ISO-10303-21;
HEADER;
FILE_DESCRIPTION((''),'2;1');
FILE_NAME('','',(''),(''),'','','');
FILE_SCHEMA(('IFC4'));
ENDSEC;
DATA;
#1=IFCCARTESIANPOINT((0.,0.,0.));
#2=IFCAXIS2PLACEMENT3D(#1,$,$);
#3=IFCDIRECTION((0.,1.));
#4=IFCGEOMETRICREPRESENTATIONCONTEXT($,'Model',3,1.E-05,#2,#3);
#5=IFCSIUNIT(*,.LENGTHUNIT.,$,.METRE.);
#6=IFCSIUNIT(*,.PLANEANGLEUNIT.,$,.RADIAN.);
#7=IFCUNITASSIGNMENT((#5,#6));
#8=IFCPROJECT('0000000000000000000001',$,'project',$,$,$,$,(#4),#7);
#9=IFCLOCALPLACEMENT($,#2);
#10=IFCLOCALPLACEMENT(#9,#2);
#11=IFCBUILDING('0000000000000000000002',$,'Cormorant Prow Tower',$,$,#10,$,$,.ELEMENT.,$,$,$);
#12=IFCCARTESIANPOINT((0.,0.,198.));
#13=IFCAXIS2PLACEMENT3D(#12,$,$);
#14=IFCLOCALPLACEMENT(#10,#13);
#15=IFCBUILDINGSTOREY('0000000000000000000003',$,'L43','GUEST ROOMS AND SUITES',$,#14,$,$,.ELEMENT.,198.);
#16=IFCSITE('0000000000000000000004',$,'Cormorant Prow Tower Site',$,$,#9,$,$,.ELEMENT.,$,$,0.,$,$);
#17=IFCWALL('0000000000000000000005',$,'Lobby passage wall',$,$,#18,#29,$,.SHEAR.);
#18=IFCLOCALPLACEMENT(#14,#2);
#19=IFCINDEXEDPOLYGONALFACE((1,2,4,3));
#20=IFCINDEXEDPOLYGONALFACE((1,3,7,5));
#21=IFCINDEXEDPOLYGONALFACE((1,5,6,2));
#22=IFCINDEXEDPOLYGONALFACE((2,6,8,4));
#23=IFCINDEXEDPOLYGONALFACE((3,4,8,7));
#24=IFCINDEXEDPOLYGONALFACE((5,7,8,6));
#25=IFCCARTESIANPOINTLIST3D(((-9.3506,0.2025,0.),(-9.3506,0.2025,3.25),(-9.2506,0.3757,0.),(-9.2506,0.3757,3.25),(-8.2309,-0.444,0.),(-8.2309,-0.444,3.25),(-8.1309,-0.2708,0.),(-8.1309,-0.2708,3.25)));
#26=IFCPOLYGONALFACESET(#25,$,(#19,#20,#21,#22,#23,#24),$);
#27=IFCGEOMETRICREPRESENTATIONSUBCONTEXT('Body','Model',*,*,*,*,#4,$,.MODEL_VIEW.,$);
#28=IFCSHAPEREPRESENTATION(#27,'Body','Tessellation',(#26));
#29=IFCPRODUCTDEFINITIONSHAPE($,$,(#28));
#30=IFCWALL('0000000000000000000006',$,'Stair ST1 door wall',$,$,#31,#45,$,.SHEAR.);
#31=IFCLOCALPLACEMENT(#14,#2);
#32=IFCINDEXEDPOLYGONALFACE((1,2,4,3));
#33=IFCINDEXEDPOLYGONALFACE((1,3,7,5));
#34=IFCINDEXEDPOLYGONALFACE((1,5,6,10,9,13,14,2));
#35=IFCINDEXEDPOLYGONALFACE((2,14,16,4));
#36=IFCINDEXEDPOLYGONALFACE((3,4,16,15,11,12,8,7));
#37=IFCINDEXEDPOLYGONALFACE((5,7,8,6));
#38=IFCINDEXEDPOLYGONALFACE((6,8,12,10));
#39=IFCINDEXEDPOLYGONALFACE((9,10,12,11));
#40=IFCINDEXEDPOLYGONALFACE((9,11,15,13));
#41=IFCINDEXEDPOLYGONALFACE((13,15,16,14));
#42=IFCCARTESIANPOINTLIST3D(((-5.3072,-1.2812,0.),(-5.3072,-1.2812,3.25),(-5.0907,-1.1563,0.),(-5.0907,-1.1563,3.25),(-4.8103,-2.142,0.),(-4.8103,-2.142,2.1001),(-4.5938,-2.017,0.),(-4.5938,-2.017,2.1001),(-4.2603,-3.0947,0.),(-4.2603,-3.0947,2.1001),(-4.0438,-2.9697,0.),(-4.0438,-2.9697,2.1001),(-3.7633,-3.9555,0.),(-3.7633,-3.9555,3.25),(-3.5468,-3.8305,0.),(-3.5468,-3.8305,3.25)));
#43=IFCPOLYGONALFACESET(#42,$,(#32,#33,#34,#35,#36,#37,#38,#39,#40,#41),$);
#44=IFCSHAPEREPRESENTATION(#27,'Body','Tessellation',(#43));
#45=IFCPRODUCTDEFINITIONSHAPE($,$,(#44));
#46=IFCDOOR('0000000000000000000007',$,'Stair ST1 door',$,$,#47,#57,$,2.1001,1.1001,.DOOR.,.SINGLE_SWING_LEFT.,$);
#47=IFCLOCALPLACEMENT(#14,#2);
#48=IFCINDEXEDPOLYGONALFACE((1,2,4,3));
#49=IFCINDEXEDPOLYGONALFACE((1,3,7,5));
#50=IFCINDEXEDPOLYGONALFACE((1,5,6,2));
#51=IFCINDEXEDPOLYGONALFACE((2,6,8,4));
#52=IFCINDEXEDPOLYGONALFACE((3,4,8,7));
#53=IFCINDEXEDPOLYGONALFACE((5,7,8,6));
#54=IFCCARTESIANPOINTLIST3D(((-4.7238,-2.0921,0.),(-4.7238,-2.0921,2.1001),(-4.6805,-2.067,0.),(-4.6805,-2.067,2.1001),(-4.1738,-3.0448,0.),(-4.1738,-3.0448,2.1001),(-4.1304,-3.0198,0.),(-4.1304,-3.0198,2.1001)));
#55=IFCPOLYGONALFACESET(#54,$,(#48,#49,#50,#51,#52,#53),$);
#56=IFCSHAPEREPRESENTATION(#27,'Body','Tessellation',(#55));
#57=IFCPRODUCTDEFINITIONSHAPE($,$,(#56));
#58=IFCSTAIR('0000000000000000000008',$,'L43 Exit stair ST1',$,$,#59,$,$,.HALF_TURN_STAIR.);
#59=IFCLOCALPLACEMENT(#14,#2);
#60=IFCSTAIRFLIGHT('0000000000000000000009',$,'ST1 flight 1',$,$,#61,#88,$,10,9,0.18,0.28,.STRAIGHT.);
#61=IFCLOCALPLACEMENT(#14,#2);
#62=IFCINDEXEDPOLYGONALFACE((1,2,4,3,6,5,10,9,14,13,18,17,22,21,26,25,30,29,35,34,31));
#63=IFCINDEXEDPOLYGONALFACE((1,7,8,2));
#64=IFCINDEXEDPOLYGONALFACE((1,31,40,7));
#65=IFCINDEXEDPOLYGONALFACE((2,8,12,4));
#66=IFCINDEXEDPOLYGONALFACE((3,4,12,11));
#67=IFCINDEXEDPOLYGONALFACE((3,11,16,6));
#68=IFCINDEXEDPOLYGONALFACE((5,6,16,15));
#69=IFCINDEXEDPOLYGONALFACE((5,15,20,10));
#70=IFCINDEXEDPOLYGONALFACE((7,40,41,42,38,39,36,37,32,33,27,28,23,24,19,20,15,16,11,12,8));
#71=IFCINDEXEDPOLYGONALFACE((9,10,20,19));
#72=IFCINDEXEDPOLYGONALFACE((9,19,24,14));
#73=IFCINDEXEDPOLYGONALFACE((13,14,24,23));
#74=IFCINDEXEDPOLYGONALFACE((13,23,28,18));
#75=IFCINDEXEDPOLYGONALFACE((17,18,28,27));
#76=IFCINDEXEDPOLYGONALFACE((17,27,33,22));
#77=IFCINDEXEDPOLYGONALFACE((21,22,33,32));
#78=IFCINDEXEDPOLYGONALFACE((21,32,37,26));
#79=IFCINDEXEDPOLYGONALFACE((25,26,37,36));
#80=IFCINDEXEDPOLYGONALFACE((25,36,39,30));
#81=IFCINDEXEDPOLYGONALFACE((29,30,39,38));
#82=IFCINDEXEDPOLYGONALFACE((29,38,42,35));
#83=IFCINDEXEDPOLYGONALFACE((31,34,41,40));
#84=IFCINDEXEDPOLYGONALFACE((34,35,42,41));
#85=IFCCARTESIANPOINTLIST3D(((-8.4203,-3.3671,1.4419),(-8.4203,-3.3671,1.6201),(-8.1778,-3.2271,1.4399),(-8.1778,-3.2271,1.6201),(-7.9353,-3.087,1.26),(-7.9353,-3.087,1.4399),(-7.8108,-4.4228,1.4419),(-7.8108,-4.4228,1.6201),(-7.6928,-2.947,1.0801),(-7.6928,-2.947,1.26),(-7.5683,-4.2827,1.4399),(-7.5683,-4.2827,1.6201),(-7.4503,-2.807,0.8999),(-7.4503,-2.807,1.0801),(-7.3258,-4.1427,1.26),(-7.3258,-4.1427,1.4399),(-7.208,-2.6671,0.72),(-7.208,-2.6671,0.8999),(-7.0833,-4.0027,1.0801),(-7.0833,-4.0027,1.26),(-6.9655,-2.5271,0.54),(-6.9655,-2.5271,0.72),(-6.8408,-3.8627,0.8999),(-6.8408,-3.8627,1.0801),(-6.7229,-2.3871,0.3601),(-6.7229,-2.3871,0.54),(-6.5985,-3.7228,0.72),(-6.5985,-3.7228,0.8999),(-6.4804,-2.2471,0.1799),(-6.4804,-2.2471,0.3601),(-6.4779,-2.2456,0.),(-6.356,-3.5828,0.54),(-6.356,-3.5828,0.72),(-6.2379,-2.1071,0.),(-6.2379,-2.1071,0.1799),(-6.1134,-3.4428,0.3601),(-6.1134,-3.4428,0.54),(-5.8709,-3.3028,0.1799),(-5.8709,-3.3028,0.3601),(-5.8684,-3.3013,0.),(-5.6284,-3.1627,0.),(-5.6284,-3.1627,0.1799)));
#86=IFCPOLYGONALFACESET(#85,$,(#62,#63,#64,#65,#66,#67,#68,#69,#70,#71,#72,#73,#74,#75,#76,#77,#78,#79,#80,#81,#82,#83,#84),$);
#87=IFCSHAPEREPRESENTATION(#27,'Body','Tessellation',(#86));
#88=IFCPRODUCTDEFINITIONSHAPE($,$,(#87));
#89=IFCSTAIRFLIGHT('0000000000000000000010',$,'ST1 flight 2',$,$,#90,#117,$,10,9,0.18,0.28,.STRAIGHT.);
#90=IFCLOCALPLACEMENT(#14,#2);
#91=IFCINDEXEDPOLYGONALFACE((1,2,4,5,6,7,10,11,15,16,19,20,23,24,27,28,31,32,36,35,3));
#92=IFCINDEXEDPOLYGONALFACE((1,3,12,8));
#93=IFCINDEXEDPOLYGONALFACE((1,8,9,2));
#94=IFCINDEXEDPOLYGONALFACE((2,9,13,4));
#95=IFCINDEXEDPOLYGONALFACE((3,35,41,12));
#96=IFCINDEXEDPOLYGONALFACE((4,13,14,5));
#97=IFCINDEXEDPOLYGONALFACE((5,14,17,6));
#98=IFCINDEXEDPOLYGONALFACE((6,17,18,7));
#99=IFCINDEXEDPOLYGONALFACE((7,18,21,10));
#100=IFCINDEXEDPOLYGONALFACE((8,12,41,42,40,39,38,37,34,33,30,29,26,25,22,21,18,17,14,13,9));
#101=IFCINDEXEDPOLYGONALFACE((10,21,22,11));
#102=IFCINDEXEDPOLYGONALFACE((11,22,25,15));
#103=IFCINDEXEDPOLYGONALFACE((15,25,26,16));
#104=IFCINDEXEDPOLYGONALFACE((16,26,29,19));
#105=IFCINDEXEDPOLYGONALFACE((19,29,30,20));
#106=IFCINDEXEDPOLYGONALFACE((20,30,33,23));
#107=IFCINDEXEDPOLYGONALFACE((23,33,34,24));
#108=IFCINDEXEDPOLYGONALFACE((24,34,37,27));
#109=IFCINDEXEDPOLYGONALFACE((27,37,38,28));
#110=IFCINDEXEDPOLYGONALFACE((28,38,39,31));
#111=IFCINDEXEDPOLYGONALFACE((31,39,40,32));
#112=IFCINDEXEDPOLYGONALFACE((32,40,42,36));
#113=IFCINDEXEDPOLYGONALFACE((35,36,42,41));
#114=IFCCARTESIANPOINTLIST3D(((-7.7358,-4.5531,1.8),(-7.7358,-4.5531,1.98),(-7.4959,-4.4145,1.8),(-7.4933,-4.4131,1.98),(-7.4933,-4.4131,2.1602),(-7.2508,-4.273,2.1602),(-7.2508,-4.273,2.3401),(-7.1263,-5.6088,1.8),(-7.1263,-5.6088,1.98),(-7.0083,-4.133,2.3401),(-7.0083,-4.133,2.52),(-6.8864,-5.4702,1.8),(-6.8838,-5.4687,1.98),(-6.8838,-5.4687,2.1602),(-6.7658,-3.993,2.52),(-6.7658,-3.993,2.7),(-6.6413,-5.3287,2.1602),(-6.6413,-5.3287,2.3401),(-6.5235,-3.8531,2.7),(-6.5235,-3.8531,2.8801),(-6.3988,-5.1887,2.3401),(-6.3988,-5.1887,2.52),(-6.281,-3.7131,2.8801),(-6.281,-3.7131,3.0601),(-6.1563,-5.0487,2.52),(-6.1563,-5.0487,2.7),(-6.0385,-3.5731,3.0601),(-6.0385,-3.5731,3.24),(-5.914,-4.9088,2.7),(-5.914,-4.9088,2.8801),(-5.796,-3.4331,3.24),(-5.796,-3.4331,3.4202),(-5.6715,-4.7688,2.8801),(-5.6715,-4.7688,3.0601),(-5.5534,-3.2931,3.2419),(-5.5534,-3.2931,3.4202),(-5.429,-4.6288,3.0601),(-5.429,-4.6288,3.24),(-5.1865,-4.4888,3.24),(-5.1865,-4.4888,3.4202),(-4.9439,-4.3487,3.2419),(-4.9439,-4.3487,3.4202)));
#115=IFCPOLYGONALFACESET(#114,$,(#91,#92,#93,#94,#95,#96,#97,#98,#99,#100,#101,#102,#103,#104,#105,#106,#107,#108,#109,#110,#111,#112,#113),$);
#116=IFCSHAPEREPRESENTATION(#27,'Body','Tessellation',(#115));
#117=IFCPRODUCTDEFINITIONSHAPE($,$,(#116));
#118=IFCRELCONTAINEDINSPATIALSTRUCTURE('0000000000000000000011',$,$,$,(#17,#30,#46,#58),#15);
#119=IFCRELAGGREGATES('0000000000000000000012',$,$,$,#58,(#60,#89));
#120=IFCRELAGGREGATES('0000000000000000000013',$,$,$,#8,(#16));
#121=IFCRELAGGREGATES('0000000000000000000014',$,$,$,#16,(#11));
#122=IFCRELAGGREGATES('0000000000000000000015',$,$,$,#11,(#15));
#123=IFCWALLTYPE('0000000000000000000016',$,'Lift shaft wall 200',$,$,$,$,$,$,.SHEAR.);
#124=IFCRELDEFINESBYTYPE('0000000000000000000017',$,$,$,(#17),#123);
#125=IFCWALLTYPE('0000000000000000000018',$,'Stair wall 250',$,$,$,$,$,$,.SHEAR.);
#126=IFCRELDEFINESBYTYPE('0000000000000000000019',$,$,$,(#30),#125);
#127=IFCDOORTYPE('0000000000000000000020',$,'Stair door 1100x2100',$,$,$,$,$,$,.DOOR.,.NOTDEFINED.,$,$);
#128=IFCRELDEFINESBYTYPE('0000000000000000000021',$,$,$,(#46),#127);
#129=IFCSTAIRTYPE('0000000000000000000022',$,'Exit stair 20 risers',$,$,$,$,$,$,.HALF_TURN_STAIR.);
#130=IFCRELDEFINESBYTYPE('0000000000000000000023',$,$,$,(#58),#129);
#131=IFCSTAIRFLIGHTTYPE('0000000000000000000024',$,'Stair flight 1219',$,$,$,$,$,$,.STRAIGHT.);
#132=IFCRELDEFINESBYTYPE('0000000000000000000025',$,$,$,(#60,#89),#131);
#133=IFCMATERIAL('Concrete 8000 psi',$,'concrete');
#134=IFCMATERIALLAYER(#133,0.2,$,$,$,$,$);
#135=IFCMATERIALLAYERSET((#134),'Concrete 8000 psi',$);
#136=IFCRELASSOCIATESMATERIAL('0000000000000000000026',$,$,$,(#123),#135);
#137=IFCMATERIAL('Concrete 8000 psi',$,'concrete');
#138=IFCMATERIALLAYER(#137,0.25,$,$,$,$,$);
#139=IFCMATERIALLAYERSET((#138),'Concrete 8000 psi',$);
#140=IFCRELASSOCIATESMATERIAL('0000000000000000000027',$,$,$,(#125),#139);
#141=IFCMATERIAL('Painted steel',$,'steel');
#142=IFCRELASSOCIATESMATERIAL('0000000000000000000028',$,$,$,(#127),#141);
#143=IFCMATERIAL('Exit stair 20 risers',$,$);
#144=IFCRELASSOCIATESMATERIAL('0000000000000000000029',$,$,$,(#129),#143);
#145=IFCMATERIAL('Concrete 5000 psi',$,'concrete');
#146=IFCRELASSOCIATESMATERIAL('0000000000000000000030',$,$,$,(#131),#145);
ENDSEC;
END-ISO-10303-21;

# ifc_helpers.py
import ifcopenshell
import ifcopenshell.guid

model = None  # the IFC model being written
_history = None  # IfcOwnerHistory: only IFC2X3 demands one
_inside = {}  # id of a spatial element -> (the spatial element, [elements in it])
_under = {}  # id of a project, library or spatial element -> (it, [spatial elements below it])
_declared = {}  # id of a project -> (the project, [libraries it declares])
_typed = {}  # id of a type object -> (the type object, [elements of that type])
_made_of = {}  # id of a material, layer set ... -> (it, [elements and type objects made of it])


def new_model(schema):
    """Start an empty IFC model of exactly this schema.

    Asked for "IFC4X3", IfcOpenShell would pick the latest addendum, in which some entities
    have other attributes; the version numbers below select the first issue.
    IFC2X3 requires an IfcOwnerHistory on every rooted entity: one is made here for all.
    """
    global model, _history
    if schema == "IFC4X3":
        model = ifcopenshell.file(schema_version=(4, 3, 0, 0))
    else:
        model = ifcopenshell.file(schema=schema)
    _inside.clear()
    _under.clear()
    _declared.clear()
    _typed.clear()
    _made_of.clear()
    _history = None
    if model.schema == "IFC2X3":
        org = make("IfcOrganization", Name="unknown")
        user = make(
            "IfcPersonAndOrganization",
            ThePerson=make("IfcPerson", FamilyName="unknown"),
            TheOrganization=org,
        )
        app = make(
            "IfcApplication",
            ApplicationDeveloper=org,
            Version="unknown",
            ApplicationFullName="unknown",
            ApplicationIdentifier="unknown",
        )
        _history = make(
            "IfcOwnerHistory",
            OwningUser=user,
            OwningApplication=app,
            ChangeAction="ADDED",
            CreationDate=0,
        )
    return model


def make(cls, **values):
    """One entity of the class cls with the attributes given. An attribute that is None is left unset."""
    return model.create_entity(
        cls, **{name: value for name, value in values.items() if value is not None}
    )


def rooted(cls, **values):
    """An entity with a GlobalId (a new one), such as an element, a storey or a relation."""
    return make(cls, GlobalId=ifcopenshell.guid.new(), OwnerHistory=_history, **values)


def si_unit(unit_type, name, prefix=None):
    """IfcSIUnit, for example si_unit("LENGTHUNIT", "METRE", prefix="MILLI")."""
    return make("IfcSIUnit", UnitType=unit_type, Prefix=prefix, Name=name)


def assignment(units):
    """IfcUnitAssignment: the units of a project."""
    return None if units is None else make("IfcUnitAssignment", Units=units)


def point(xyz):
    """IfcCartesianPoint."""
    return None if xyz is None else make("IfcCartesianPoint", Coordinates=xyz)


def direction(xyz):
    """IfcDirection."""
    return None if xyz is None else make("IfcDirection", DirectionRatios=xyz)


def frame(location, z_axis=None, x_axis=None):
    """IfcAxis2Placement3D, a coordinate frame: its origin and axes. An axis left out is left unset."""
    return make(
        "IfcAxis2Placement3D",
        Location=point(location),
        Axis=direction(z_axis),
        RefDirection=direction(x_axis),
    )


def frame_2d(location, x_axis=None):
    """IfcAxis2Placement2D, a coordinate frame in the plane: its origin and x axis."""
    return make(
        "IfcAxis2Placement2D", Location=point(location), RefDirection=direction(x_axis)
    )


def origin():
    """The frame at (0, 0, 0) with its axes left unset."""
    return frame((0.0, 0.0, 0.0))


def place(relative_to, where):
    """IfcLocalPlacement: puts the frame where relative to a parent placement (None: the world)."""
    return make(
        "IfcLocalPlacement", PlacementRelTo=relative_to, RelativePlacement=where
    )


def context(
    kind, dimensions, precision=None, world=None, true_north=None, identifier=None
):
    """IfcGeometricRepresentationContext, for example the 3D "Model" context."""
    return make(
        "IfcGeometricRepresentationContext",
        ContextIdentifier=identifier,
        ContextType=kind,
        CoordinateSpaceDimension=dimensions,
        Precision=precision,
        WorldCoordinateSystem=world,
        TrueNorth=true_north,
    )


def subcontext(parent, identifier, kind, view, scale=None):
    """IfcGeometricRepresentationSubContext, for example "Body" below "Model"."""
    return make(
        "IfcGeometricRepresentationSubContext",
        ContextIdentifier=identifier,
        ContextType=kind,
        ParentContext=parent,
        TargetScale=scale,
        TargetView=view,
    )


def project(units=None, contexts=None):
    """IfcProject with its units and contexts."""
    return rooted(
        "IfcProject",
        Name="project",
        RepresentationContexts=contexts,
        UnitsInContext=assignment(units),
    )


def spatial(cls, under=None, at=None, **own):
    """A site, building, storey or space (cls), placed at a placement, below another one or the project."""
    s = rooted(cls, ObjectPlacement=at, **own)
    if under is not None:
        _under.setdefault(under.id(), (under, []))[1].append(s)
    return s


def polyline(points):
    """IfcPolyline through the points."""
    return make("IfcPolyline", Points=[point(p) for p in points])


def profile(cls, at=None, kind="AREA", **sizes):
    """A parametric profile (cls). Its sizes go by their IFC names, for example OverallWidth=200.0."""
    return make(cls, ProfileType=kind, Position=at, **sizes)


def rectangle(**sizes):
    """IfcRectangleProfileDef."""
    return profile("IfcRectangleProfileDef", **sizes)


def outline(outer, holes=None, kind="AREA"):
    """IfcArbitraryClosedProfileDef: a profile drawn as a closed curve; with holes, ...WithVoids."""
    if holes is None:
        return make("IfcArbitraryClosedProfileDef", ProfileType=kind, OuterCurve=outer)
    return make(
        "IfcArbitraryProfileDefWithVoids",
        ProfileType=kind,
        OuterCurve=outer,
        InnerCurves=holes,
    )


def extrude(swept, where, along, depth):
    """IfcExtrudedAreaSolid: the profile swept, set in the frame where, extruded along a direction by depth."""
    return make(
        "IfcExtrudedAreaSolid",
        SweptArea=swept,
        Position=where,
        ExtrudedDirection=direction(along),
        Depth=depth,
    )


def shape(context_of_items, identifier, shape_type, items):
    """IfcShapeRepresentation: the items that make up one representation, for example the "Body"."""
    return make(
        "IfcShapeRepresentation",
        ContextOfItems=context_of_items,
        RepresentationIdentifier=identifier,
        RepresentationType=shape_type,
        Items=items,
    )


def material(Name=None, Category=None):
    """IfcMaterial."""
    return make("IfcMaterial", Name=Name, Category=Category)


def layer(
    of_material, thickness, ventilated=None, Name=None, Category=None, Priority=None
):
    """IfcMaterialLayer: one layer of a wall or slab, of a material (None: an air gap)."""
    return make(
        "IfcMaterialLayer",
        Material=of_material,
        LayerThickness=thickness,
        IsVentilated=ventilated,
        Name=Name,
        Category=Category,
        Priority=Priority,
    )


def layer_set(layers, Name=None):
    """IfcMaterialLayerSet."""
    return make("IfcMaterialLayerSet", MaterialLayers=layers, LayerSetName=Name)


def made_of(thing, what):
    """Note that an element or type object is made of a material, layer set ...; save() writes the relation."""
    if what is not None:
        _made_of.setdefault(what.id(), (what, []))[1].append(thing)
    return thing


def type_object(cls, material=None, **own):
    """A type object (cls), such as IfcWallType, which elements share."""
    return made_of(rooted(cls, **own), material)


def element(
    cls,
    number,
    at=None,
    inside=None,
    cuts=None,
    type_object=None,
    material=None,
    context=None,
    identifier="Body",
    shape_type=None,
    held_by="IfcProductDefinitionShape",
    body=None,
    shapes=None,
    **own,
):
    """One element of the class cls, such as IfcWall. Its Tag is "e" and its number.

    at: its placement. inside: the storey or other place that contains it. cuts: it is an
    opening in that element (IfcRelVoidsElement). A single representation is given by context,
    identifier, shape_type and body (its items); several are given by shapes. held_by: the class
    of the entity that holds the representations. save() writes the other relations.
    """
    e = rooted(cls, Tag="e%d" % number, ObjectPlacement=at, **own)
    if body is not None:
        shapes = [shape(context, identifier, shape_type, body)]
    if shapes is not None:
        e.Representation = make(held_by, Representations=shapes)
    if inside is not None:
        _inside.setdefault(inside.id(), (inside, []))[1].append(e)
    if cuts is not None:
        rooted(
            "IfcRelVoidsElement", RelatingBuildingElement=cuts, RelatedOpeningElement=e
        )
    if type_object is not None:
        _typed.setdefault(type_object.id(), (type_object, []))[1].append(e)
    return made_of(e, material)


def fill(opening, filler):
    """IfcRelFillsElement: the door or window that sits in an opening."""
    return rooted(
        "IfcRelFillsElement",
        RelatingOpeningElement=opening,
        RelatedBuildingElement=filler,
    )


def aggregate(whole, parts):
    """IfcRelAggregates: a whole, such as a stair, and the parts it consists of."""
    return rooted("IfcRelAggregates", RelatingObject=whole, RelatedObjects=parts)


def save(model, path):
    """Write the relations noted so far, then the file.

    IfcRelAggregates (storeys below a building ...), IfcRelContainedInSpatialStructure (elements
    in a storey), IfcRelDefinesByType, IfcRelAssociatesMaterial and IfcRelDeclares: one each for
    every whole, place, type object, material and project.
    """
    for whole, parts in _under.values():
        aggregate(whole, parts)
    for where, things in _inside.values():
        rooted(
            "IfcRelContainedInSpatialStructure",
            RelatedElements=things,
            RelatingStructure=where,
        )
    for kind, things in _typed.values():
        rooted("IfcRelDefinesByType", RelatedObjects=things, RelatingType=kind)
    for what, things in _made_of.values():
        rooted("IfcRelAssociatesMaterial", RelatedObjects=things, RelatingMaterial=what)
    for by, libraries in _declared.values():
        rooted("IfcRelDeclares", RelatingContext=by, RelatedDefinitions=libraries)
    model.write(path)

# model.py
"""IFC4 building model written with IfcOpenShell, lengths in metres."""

from ifc_helpers import new_model, si_unit, direction, frame, frame_2d, origin, place, context, subcontext, project, spatial, polyline, rectangle, outline, extrude, material, layer, layer_set, type_object, element, fill, aggregate, save


model = new_model("IFC4")

# Units and contexts
model_context = context("Model", 3, precision=1e-05, world=origin(), true_north=direction((0.0, 1.0)))
body_context = subcontext(model_context, "Body", "Model", "MODEL_VIEW")
ifc_project = project(units=[si_unit("LENGTHUNIT", "METRE"), si_unit("PLANEANGLEUNIT", "RADIAN")], contexts=[model_context])

# Site, building, storey
site_placement = place(None, origin())
site = spatial("IfcSite", under=ifc_project, at=site_placement, Name="Cormorant Prow Tower Site", CompositionType="ELEMENT", RefElevation=0.0)
building_placement = place(site_placement, origin())
building = spatial("IfcBuilding", under=site, at=building_placement, Name="Cormorant Prow Tower", CompositionType="ELEMENT")
storey_placement = place(building_placement, frame((0.0, 0.0, 198.0)))
storey = spatial("IfcBuildingStorey", under=building, at=storey_placement, Name="L43", Description="GUEST ROOMS AND SUITES", CompositionType="ELEMENT", Elevation=198.0)

# Wall
ifc_material_1 = material(Name="Concrete 8000 psi", Category="concrete")
ifc_layer_1 = layer(ifc_material_1, 0.2)
ifc_layer_set_1 = layer_set([ifc_layer_1], Name="Concrete 8000 psi")
wall_type_1 = type_object("IfcWallType", Name="Lift shaft wall 200", PredefinedType="SHEAR", material=ifc_layer_set_1)
for number, where, z_axis, x_axis, name in (
    (1, (-8.1809, -0.3574, 0.0), (0.0, 0.0, 1.0), (-0.866003, 0.500038, 0.0), "Lobby passage wall"),
):
    element("IfcWall", number, at=place(storey_placement, frame(where, z_axis=z_axis, x_axis=x_axis)), inside=storey, type_object=wall_type_1, Name=name, PredefinedType="SHEAR", context=body_context, shape_type="SweptSolid", body=[
        extrude(rectangle(XDim=1.293, YDim=0.2, at=frame_2d((0.6465, 0.0))), origin(), (0.0, 0.0, 1.0), 3.25),
    ])

# Wall, opening, door
ifc_material_2 = material(Name="Concrete 8000 psi", Category="concrete")
ifc_layer_2 = layer(ifc_material_2, 0.25)
ifc_layer_set_2 = layer_set([ifc_layer_2], Name="Concrete 8000 psi")
wall_type_2 = type_object("IfcWallType", Name="Stair wall 250", PredefinedType="SHEAR", material=ifc_layer_set_2)
wall_1_placement = place(storey_placement, frame((-5.199, -1.2188, 0.0), z_axis=(0.0, 0.0, 1.0), x_axis=(0.499983, -0.866035, 0.0)))
wall_1 = element("IfcWall", 2, at=wall_1_placement, inside=storey, type_object=wall_type_2, Name="Stair ST1 door wall", PredefinedType="SHEAR", context=body_context, shape_type="SweptSolid", body=[
    extrude(rectangle(XDim=3.0879, YDim=0.25, at=frame_2d((1.5439, 0.0))), origin(), (0.0, 0.0, 1.0), 3.25),
])
opening_1_placement = place(wall_1_placement, frame((0.9939, 0.0, 0.0)))
opening_1 = element("IfcOpeningElement", 3, at=opening_1_placement, cuts=wall_1, PredefinedType="OPENING", context=body_context, shape_type="SweptSolid", body=[
    extrude(rectangle(XDim=1.1001, YDim=2.1001, at=frame_2d((0.55, 1.05))), frame((0.0, 0.135, 0.0), z_axis=(0.0, -1.0, 0.0), x_axis=(1.0, 0.0, 0.0)), (0.0, 0.0, 1.0), 0.27),
])
ifc_material_3 = material(Name="Painted steel", Category="steel")
door_type_1 = type_object("IfcDoorType", Name="Stair door 1100x2100", OperationType="NOTDEFINED", PredefinedType="DOOR", material=ifc_material_3)
door_1_placement = place(opening_1_placement, origin())
door_1 = element("IfcDoor", 4, at=door_1_placement, inside=storey, type_object=door_type_1, Name="Stair ST1 door", OperationType="SINGLE_SWING_LEFT", OverallHeight=2.1001, OverallWidth=1.1001, PredefinedType="DOOR", context=body_context, shape_type="SweptSolid", body=[
    extrude(rectangle(XDim=1.1001, YDim=2.1001, at=frame_2d((0.55, 1.05))), frame((0.0, 0.0249, 0.0), z_axis=(0.0, -1.0, 0.0), x_axis=(1.0, 0.0, 0.0)), (0.0, 0.0, 1.0), 0.05),
])
fill(opening_1, door_1)

# Stair, stair flights
ifc_material_4 = material(Name="Exit stair 20 risers")
stair_type = type_object("IfcStairType", Name="Exit stair 20 risers", PredefinedType="HALF_TURN_STAIR", material=ifc_material_4)
stair_placement = place(storey_placement, origin())
stair = element("IfcStair", 5, at=stair_placement, inside=storey, type_object=stair_type, Name="L43 Exit stair ST1", PredefinedType="HALF_TURN_STAIR")
ifc_material_5 = material(Name="Concrete 5000 psi", Category="concrete")
stair_flight_type = type_object("IfcStairFlightType", Name="Stair flight 1219", PredefinedType="STRAIGHT", material=ifc_material_5)
stair_flight_1_placement = place(storey_placement, frame((-5.9331, -2.635, 0.0), z_axis=(0.0, 0.0, 1.0), x_axis=(-0.866025, -0.5, 0.0)))
stair_flight_1 = element("IfcStairFlight", 6, at=stair_flight_1_placement, type_object=stair_flight_type, Name="ST1 flight 1", NumberOfRisers=10, NumberOfTreads=9, PredefinedType="STRAIGHT", RiserHeight=0.18, TreadLength=0.28, context=body_context, shape_type="SweptSolid", body=[
    extrude(outline(polyline([(0.0, 0.0), (0.0, 0.1799), (0.28, 0.1799), (0.28, 0.3601), (0.5601, 0.3601), (0.5601, 0.54), (0.8401, 0.54), (0.8401, 0.72), (1.1201, 0.72), (1.1201, 0.8999), (1.3999, 0.8999), (1.3999, 1.0801), (1.6799, 1.0801), (1.6799, 1.26), (1.96, 1.26), (1.96, 1.4399), (2.24, 1.4399), (2.24, 1.6201), (2.52, 1.6201), (2.52, 1.8), (2.52, 1.4419), (0.2771, 0.0), (0.0, 0.0)])), frame((0.0, 0.6094, 0.0), z_axis=(0.0, -1.0, 0.0), x_axis=(1.0, 0.0, 0.0)), (0.0, 0.0, 1.0), 1.219),
])
stair_flight_2_placement = place(storey_placement, frame((-7.4312, -5.0808, 1.8), z_axis=(0.0, 0.0, 1.0), x_axis=(0.866025, 0.5, 0.0)))
stair_flight_2 = element("IfcStairFlight", 7, at=stair_flight_2_placement, type_object=stair_flight_type, Name="ST1 flight 2", NumberOfRisers=10, NumberOfTreads=9, PredefinedType="STRAIGHT", RiserHeight=0.18, TreadLength=0.28, context=body_context, shape_type="SweptSolid", body=[
    extrude(outline(polyline([(0.0, 0.0), (0.0, 0.1799), (0.28, 0.1799), (0.28, 0.3601), (0.5601, 0.3601), (0.5601, 0.54), (0.8401, 0.54), (0.8401, 0.72), (1.1201, 0.72), (1.1201, 0.8999), (1.3999, 0.8999), (1.3999, 1.0801), (1.6799, 1.0801), (1.6799, 1.26), (1.96, 1.26), (1.96, 1.4399), (2.24, 1.4399), (2.24, 1.6201), (2.52, 1.6201), (2.52, 1.8), (2.52, 1.4419), (0.2771, 0.0), (0.0, 0.0)])), frame((0.0, 0.6094, 0.0), z_axis=(0.0, -1.0, 0.0), x_axis=(1.0, 0.0, 0.0)), (0.0, 0.0, 1.0), 1.219),
])
aggregate(stair, [stair_flight_1, stair_flight_2])

save(model, "model.ifc")
